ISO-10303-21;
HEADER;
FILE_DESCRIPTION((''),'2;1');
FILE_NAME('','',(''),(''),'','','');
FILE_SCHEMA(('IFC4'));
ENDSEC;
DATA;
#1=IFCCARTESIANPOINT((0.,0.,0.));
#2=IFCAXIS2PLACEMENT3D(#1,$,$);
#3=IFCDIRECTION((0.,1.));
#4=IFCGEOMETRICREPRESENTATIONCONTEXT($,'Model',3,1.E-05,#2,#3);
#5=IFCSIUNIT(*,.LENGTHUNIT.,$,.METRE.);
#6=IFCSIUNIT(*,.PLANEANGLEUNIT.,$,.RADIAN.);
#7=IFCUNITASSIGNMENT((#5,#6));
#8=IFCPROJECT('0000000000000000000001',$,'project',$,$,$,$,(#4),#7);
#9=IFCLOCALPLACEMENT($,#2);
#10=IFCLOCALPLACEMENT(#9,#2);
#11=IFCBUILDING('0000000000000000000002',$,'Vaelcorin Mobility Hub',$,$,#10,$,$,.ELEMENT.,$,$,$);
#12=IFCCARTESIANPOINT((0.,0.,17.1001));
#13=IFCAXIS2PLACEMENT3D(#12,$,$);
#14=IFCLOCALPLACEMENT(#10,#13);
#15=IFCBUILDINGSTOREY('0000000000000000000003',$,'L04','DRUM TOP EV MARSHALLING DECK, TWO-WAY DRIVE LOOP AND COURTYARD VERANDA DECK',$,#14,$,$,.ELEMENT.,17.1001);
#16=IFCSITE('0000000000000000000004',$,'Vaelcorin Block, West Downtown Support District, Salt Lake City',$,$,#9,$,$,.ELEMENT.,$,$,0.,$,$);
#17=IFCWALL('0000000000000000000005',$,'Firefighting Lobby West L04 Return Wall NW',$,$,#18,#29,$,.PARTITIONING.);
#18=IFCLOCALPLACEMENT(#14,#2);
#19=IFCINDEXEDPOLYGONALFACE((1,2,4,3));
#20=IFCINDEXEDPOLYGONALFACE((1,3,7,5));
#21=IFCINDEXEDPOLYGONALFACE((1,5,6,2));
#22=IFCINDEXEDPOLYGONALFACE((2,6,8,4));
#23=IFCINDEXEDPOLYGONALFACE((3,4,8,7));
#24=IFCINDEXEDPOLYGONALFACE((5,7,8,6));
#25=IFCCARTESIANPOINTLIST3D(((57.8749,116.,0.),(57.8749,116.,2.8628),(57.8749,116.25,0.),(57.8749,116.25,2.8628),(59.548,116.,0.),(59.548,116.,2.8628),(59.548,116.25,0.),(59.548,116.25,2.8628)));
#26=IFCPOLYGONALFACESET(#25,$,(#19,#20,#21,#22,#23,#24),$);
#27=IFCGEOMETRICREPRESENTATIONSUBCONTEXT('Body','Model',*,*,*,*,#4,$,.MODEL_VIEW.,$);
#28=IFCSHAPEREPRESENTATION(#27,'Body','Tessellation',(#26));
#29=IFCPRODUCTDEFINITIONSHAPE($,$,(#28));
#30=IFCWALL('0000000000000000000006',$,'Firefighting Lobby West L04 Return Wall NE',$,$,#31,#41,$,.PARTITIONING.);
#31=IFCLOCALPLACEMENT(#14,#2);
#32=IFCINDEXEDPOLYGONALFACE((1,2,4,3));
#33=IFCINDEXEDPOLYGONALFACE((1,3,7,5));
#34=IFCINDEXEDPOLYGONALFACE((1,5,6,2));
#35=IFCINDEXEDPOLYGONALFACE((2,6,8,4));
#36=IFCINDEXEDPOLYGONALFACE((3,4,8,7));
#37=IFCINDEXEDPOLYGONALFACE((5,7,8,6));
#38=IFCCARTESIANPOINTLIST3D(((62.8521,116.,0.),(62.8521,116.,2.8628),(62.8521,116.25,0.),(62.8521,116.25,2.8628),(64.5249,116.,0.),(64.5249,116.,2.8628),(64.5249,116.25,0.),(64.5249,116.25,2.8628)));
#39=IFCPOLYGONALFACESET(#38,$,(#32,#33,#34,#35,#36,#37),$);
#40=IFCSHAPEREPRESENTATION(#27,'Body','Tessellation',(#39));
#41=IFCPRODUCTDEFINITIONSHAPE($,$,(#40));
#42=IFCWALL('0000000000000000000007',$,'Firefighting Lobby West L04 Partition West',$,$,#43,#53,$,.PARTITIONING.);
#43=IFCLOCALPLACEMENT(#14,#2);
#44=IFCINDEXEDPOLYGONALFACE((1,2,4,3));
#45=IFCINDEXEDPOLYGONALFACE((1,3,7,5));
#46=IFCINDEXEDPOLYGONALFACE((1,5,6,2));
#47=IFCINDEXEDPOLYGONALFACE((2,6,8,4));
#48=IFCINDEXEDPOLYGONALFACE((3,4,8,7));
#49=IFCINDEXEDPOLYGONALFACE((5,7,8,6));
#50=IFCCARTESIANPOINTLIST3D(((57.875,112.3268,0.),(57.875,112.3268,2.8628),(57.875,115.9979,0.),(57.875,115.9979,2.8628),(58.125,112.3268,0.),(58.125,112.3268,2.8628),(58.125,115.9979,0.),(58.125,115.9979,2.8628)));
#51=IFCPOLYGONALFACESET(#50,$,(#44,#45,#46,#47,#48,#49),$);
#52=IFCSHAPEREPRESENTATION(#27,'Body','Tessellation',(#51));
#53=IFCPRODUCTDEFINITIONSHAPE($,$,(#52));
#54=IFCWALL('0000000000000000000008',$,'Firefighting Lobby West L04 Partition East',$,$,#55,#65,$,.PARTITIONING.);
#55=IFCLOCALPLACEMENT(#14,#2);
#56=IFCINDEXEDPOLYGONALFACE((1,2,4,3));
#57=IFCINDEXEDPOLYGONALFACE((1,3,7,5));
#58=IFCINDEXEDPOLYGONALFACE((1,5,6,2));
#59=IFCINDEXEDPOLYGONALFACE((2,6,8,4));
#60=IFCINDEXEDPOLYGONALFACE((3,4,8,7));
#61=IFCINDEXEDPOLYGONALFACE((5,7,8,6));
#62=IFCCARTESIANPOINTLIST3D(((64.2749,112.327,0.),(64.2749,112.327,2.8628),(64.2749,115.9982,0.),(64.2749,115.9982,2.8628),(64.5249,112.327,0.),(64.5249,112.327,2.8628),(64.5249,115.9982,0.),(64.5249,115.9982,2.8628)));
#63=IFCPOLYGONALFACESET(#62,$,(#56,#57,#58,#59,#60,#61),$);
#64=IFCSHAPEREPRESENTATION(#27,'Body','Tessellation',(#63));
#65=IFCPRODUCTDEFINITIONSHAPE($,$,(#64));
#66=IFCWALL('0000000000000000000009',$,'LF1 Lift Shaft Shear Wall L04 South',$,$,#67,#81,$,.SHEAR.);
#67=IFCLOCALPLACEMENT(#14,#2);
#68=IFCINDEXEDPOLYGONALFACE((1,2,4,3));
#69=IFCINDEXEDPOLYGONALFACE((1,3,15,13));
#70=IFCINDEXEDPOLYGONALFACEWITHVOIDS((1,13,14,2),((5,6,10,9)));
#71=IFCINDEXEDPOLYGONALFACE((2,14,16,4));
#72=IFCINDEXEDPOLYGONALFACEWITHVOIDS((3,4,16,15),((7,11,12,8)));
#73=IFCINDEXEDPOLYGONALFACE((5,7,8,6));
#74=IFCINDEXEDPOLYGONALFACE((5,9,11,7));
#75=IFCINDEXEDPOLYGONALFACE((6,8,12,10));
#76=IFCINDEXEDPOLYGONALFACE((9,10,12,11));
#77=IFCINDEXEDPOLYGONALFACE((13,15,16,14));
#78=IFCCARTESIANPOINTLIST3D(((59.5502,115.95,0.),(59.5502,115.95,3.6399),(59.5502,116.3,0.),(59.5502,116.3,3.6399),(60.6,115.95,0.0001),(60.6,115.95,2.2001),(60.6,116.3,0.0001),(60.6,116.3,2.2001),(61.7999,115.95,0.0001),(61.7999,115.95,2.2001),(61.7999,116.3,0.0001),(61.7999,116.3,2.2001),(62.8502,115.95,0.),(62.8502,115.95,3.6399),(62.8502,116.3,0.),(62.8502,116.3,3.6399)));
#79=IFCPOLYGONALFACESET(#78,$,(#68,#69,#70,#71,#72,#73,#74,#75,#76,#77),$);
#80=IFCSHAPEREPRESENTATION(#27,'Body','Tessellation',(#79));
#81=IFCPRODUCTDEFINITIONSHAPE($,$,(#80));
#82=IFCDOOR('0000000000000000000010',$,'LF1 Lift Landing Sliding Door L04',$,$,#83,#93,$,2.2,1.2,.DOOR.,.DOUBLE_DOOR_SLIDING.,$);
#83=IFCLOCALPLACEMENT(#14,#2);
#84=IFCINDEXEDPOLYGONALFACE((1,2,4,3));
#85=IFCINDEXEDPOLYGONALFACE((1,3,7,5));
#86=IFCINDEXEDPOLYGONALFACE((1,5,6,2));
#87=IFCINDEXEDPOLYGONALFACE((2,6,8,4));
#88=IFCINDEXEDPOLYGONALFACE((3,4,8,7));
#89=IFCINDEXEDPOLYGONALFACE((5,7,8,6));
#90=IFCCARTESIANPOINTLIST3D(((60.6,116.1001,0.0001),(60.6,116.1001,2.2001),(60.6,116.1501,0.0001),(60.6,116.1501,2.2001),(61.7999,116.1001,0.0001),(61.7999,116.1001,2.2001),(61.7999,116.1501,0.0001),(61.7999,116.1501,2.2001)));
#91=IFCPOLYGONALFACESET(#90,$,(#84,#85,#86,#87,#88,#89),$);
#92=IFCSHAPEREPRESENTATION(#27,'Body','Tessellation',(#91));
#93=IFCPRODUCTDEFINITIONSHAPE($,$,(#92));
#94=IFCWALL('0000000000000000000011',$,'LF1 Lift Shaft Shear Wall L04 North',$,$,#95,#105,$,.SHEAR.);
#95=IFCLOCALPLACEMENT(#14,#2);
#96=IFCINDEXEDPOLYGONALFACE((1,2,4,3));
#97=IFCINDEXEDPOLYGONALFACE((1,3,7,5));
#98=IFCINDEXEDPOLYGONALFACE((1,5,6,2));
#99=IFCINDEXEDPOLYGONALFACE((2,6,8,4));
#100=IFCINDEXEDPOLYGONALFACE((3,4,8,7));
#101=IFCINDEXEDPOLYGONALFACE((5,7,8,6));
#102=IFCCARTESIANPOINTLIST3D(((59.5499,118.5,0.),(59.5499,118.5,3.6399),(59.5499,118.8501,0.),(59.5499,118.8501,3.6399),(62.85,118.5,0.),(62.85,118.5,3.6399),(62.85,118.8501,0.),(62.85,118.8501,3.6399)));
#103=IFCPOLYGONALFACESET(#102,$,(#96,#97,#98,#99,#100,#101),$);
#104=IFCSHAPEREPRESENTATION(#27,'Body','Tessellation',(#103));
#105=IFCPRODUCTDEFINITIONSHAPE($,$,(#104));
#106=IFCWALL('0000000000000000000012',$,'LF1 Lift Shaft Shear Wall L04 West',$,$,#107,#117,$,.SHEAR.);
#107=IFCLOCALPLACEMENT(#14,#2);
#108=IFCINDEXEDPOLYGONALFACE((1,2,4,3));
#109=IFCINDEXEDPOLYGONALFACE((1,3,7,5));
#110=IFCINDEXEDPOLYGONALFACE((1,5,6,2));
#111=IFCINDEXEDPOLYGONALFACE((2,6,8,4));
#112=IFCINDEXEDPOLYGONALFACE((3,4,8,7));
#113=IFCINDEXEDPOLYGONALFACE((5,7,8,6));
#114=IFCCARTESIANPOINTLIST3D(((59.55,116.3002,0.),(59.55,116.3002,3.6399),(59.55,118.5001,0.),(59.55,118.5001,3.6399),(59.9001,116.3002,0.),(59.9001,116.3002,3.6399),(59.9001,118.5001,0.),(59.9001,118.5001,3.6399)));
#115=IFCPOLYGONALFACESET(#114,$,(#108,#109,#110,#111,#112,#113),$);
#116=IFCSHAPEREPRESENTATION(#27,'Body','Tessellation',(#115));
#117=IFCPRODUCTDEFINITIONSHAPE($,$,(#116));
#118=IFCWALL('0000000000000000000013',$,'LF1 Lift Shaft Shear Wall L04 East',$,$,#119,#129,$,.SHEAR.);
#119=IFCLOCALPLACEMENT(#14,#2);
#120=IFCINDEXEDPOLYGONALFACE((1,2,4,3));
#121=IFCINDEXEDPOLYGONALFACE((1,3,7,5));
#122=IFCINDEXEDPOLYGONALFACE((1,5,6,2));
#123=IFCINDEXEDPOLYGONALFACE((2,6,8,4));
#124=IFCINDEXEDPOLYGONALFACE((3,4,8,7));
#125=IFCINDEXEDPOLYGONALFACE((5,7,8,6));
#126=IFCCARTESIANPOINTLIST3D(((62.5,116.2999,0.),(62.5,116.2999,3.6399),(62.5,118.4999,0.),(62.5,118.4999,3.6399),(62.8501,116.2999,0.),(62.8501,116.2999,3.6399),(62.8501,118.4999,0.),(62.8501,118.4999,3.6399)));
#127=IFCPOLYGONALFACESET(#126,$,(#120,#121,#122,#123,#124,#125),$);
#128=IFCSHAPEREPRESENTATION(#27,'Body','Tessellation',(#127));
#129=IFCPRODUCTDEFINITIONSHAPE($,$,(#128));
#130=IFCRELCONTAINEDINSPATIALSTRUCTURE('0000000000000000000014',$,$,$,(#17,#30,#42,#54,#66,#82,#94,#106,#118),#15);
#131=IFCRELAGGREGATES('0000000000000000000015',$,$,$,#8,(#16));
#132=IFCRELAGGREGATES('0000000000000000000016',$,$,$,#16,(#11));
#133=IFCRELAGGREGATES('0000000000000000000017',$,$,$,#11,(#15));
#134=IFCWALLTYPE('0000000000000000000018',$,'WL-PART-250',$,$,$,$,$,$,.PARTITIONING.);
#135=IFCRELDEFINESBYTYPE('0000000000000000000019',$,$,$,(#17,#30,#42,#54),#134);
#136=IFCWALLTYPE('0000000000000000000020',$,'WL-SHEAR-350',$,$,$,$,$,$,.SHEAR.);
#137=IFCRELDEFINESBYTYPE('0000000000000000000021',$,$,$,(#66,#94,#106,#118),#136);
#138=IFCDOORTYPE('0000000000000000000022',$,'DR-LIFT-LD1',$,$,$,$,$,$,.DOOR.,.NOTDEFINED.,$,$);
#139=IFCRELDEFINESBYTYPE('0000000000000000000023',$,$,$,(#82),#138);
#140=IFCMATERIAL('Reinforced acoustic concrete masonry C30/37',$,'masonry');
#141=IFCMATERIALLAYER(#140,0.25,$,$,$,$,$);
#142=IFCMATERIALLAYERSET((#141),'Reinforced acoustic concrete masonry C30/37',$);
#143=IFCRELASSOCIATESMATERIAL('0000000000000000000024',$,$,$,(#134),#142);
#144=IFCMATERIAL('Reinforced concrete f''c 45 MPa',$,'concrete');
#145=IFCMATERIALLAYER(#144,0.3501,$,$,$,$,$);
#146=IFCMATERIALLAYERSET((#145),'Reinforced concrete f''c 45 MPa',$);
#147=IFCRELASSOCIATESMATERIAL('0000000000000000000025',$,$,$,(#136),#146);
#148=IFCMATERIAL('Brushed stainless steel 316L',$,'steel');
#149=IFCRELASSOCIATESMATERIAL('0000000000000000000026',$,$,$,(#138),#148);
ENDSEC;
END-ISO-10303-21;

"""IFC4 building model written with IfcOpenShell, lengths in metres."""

from ifc_helpers import new_model, si_unit, direction, frame, frame_2d, origin, place, context, subcontext, project, spatial, rectangle, extrude, material, layer, layer_set, type_object, element, fill, save


model = new_model("IFC4")

# Units and contexts
model_context = context("Model", 3, precision=1e-05, world=origin(), true_north=direction((0.0, 1.0)))
body_context = subcontext(model_context, "Body", "Model", "MODEL_VIEW")
ifc_project = project(units=[si_unit("LENGTHUNIT", "METRE"), si_unit("PLANEANGLEUNIT", "RADIAN")], contexts=[model_context])

# Site, building, storey
site_placement = place(None, origin())
site = spatial("IfcSite", under=ifc_project, at=site_placement, Name="Vaelcorin Block, West Downtown Support District, Salt Lake City", CompositionType="ELEMENT", RefElevation=0.0)
building_placement = place(site_placement, origin())
building = spatial("IfcBuilding", under=site, at=building_placement, Name="Vaelcorin Mobility Hub", CompositionType="ELEMENT")
storey_placement = place(building_placement, frame((0.0, 0.0, 17.1001)))
storey = spatial("IfcBuildingStorey", under=building, at=storey_placement, Name="L04", Description="DRUM TOP EV MARSHALLING DECK, TWO-WAY DRIVE LOOP AND COURTYARD VERANDA DECK", CompositionType="ELEMENT", Elevation=17.1001)

# Shared definitions
ifc_material_1 = material(Name="Reinforced acoustic concrete masonry C30/37", Category="masonry")
ifc_layer_1 = layer(ifc_material_1, 0.25)
ifc_layer_set_1 = layer_set([ifc_layer_1], Name="Reinforced acoustic concrete masonry C30/37")
wall_type_1 = type_object("IfcWallType", Name="WL-PART-250", PredefinedType="PARTITIONING", material=ifc_layer_set_1)

# Walls
wall_1_placement = place(storey_placement, frame((57.875, 116.125, 0.0), z_axis=(0.0, 0.0, 1.0), x_axis=(1.0, 0.0, 0.0)))
element("IfcWall", 1, at=wall_1_placement, inside=storey, type_object=wall_type_1, Name="Firefighting Lobby West L04 Return Wall NW", PredefinedType="PARTITIONING", context=body_context, shape_type="SweptSolid", body=[
    extrude(rectangle(XDim=1.6731, YDim=0.25, at=frame_2d((0.8364, 0.0))), origin(), (0.0, 0.0, 1.0), 2.8628),
])
wall_2_placement = place(storey_placement, frame((62.8521, 116.125, 0.0), z_axis=(0.0, 0.0, 1.0), x_axis=(1.0, 0.0, 0.0)))
element("IfcWall", 2, at=wall_2_placement, inside=storey, type_object=wall_type_1, Name="Firefighting Lobby West L04 Return Wall NE", PredefinedType="PARTITIONING", context=body_context, shape_type="SweptSolid", body=[
    extrude(rectangle(XDim=1.6729, YDim=0.25, at=frame_2d((0.8364, 0.0))), origin(), (0.0, 0.0, 1.0), 2.8628),
])
for number, where, z_axis, x_axis, name in (
    (3, (58.0, 112.3269, 0.0), (0.0, 0.0, 1.0), (0.0, 1.0, 0.0), "Firefighting Lobby West L04 Partition West"),
    (4, (64.3999, 115.998, 0.0), (0.0, 0.0, 1.0), (0.0, -1.0, 0.0), "Firefighting Lobby West L04 Partition East"),
):
    element("IfcWall", number, at=place(storey_placement, frame(where, z_axis=z_axis, x_axis=x_axis)), inside=storey, type_object=wall_type_1, Name=name, PredefinedType="PARTITIONING", context=body_context, shape_type="SweptSolid", body=[
        extrude(rectangle(XDim=3.6711, YDim=0.25, at=frame_2d((1.8354, 0.0))), origin(), (0.0, 0.0, 1.0), 2.8628),
    ])

# Wall, opening, door
ifc_material_2 = material(Name="Reinforced concrete f'c 45 MPa", Category="concrete")
ifc_layer_2 = layer(ifc_material_2, 0.3501)
ifc_layer_set_2 = layer_set([ifc_layer_2], Name="Reinforced concrete f'c 45 MPa")
wall_type_2 = type_object("IfcWallType", Name="WL-SHEAR-350", PredefinedType="SHEAR", material=ifc_layer_set_2)
wall_3_placement = place(storey_placement, frame((62.8501, 116.125, 0.0), z_axis=(0.0, 0.0, 1.0), x_axis=(-1.0, 0.0, 0.0)))
wall_3 = element("IfcWall", 5, at=wall_3_placement, inside=storey, type_object=wall_type_2, Name="LF1 Lift Shaft Shear Wall L04 South", PredefinedType="SHEAR", context=body_context, shape_type="SweptSolid", body=[
    extrude(rectangle(XDim=3.3, YDim=0.3501, at=frame_2d((1.6499, 0.0))), origin(), (0.0, 0.0, 1.0), 3.6399),
])
opening_1_placement = place(wall_3_placement, frame((1.05, 0.0, 0.0)))
opening_1 = element("IfcOpeningElement", 6, at=opening_1_placement, cuts=wall_3, PredefinedType="OPENING", context=body_context, shape_type="SweptSolid", body=[
    extrude(rectangle(XDim=1.2, YDim=2.2, at=frame_2d((0.6001, 1.1001))), frame((0.0, 0.1851, 0.0), z_axis=(0.0, -1.0, 0.0), x_axis=(1.0, 0.0, 0.0)), (0.0, 0.0, 1.0), 0.3701),
])
ifc_material_3 = material(Name="Brushed stainless steel 316L", Category="steel")
door_type_1 = type_object("IfcDoorType", Name="DR-LIFT-LD1", OperationType="NOTDEFINED", PredefinedType="DOOR", material=ifc_material_3)
door_1_placement = place(opening_1_placement, origin())
door_1 = element("IfcDoor", 7, at=door_1_placement, inside=storey, type_object=door_type_1, Name="LF1 Lift Landing Sliding Door L04", OperationType="DOUBLE_DOOR_SLIDING", OverallHeight=2.2, OverallWidth=1.2, PredefinedType="DOOR", context=body_context, shape_type="SweptSolid", body=[
    extrude(rectangle(XDim=1.2, YDim=2.2, at=frame_2d((0.6001, 1.1001))), frame((0.0, 0.0249, 0.0), z_axis=(0.0, -1.0, 0.0), x_axis=(1.0, 0.0, 0.0)), (0.0, 0.0, 1.0), 0.05),
])
fill(opening_1, door_1)

# Walls
wall_4_placement = place(storey_placement, frame((59.55, 118.675, 0.0), z_axis=(0.0, 0.0, 1.0), x_axis=(1.0, 0.0, 0.0)))
element("IfcWall", 8, at=wall_4_placement, inside=storey, type_object=wall_type_2, Name="LF1 Lift Shaft Shear Wall L04 North", PredefinedType="SHEAR", context=body_context, shape_type="SweptSolid", body=[
    extrude(rectangle(XDim=3.3, YDim=0.3501, at=frame_2d((1.6499, 0.0))), origin(), (0.0, 0.0, 1.0), 3.6399),
])
for number, where, z_axis, x_axis, name in (
    (9, (59.7251, 116.3, 0.0), (0.0, 0.0, 1.0), (0.0, 1.0, 0.0), "LF1 Lift Shaft Shear Wall L04 West"),
    (10, (62.675, 118.5, 0.0), (0.0, 0.0, 1.0), (0.0, -1.0, 0.0), "LF1 Lift Shaft Shear Wall L04 East"),
):
    element("IfcWall", number, at=place(storey_placement, frame(where, z_axis=z_axis, x_axis=x_axis)), inside=storey, type_object=wall_type_2, Name=name, PredefinedType="SHEAR", context=body_context, shape_type="SweptSolid", body=[
        extrude(rectangle(XDim=2.2, YDim=0.3501, at=frame_2d((1.1001, 0.0))), origin(), (0.0, 0.0, 1.0), 3.6399),
    ])

save(model, "model.ifc")
